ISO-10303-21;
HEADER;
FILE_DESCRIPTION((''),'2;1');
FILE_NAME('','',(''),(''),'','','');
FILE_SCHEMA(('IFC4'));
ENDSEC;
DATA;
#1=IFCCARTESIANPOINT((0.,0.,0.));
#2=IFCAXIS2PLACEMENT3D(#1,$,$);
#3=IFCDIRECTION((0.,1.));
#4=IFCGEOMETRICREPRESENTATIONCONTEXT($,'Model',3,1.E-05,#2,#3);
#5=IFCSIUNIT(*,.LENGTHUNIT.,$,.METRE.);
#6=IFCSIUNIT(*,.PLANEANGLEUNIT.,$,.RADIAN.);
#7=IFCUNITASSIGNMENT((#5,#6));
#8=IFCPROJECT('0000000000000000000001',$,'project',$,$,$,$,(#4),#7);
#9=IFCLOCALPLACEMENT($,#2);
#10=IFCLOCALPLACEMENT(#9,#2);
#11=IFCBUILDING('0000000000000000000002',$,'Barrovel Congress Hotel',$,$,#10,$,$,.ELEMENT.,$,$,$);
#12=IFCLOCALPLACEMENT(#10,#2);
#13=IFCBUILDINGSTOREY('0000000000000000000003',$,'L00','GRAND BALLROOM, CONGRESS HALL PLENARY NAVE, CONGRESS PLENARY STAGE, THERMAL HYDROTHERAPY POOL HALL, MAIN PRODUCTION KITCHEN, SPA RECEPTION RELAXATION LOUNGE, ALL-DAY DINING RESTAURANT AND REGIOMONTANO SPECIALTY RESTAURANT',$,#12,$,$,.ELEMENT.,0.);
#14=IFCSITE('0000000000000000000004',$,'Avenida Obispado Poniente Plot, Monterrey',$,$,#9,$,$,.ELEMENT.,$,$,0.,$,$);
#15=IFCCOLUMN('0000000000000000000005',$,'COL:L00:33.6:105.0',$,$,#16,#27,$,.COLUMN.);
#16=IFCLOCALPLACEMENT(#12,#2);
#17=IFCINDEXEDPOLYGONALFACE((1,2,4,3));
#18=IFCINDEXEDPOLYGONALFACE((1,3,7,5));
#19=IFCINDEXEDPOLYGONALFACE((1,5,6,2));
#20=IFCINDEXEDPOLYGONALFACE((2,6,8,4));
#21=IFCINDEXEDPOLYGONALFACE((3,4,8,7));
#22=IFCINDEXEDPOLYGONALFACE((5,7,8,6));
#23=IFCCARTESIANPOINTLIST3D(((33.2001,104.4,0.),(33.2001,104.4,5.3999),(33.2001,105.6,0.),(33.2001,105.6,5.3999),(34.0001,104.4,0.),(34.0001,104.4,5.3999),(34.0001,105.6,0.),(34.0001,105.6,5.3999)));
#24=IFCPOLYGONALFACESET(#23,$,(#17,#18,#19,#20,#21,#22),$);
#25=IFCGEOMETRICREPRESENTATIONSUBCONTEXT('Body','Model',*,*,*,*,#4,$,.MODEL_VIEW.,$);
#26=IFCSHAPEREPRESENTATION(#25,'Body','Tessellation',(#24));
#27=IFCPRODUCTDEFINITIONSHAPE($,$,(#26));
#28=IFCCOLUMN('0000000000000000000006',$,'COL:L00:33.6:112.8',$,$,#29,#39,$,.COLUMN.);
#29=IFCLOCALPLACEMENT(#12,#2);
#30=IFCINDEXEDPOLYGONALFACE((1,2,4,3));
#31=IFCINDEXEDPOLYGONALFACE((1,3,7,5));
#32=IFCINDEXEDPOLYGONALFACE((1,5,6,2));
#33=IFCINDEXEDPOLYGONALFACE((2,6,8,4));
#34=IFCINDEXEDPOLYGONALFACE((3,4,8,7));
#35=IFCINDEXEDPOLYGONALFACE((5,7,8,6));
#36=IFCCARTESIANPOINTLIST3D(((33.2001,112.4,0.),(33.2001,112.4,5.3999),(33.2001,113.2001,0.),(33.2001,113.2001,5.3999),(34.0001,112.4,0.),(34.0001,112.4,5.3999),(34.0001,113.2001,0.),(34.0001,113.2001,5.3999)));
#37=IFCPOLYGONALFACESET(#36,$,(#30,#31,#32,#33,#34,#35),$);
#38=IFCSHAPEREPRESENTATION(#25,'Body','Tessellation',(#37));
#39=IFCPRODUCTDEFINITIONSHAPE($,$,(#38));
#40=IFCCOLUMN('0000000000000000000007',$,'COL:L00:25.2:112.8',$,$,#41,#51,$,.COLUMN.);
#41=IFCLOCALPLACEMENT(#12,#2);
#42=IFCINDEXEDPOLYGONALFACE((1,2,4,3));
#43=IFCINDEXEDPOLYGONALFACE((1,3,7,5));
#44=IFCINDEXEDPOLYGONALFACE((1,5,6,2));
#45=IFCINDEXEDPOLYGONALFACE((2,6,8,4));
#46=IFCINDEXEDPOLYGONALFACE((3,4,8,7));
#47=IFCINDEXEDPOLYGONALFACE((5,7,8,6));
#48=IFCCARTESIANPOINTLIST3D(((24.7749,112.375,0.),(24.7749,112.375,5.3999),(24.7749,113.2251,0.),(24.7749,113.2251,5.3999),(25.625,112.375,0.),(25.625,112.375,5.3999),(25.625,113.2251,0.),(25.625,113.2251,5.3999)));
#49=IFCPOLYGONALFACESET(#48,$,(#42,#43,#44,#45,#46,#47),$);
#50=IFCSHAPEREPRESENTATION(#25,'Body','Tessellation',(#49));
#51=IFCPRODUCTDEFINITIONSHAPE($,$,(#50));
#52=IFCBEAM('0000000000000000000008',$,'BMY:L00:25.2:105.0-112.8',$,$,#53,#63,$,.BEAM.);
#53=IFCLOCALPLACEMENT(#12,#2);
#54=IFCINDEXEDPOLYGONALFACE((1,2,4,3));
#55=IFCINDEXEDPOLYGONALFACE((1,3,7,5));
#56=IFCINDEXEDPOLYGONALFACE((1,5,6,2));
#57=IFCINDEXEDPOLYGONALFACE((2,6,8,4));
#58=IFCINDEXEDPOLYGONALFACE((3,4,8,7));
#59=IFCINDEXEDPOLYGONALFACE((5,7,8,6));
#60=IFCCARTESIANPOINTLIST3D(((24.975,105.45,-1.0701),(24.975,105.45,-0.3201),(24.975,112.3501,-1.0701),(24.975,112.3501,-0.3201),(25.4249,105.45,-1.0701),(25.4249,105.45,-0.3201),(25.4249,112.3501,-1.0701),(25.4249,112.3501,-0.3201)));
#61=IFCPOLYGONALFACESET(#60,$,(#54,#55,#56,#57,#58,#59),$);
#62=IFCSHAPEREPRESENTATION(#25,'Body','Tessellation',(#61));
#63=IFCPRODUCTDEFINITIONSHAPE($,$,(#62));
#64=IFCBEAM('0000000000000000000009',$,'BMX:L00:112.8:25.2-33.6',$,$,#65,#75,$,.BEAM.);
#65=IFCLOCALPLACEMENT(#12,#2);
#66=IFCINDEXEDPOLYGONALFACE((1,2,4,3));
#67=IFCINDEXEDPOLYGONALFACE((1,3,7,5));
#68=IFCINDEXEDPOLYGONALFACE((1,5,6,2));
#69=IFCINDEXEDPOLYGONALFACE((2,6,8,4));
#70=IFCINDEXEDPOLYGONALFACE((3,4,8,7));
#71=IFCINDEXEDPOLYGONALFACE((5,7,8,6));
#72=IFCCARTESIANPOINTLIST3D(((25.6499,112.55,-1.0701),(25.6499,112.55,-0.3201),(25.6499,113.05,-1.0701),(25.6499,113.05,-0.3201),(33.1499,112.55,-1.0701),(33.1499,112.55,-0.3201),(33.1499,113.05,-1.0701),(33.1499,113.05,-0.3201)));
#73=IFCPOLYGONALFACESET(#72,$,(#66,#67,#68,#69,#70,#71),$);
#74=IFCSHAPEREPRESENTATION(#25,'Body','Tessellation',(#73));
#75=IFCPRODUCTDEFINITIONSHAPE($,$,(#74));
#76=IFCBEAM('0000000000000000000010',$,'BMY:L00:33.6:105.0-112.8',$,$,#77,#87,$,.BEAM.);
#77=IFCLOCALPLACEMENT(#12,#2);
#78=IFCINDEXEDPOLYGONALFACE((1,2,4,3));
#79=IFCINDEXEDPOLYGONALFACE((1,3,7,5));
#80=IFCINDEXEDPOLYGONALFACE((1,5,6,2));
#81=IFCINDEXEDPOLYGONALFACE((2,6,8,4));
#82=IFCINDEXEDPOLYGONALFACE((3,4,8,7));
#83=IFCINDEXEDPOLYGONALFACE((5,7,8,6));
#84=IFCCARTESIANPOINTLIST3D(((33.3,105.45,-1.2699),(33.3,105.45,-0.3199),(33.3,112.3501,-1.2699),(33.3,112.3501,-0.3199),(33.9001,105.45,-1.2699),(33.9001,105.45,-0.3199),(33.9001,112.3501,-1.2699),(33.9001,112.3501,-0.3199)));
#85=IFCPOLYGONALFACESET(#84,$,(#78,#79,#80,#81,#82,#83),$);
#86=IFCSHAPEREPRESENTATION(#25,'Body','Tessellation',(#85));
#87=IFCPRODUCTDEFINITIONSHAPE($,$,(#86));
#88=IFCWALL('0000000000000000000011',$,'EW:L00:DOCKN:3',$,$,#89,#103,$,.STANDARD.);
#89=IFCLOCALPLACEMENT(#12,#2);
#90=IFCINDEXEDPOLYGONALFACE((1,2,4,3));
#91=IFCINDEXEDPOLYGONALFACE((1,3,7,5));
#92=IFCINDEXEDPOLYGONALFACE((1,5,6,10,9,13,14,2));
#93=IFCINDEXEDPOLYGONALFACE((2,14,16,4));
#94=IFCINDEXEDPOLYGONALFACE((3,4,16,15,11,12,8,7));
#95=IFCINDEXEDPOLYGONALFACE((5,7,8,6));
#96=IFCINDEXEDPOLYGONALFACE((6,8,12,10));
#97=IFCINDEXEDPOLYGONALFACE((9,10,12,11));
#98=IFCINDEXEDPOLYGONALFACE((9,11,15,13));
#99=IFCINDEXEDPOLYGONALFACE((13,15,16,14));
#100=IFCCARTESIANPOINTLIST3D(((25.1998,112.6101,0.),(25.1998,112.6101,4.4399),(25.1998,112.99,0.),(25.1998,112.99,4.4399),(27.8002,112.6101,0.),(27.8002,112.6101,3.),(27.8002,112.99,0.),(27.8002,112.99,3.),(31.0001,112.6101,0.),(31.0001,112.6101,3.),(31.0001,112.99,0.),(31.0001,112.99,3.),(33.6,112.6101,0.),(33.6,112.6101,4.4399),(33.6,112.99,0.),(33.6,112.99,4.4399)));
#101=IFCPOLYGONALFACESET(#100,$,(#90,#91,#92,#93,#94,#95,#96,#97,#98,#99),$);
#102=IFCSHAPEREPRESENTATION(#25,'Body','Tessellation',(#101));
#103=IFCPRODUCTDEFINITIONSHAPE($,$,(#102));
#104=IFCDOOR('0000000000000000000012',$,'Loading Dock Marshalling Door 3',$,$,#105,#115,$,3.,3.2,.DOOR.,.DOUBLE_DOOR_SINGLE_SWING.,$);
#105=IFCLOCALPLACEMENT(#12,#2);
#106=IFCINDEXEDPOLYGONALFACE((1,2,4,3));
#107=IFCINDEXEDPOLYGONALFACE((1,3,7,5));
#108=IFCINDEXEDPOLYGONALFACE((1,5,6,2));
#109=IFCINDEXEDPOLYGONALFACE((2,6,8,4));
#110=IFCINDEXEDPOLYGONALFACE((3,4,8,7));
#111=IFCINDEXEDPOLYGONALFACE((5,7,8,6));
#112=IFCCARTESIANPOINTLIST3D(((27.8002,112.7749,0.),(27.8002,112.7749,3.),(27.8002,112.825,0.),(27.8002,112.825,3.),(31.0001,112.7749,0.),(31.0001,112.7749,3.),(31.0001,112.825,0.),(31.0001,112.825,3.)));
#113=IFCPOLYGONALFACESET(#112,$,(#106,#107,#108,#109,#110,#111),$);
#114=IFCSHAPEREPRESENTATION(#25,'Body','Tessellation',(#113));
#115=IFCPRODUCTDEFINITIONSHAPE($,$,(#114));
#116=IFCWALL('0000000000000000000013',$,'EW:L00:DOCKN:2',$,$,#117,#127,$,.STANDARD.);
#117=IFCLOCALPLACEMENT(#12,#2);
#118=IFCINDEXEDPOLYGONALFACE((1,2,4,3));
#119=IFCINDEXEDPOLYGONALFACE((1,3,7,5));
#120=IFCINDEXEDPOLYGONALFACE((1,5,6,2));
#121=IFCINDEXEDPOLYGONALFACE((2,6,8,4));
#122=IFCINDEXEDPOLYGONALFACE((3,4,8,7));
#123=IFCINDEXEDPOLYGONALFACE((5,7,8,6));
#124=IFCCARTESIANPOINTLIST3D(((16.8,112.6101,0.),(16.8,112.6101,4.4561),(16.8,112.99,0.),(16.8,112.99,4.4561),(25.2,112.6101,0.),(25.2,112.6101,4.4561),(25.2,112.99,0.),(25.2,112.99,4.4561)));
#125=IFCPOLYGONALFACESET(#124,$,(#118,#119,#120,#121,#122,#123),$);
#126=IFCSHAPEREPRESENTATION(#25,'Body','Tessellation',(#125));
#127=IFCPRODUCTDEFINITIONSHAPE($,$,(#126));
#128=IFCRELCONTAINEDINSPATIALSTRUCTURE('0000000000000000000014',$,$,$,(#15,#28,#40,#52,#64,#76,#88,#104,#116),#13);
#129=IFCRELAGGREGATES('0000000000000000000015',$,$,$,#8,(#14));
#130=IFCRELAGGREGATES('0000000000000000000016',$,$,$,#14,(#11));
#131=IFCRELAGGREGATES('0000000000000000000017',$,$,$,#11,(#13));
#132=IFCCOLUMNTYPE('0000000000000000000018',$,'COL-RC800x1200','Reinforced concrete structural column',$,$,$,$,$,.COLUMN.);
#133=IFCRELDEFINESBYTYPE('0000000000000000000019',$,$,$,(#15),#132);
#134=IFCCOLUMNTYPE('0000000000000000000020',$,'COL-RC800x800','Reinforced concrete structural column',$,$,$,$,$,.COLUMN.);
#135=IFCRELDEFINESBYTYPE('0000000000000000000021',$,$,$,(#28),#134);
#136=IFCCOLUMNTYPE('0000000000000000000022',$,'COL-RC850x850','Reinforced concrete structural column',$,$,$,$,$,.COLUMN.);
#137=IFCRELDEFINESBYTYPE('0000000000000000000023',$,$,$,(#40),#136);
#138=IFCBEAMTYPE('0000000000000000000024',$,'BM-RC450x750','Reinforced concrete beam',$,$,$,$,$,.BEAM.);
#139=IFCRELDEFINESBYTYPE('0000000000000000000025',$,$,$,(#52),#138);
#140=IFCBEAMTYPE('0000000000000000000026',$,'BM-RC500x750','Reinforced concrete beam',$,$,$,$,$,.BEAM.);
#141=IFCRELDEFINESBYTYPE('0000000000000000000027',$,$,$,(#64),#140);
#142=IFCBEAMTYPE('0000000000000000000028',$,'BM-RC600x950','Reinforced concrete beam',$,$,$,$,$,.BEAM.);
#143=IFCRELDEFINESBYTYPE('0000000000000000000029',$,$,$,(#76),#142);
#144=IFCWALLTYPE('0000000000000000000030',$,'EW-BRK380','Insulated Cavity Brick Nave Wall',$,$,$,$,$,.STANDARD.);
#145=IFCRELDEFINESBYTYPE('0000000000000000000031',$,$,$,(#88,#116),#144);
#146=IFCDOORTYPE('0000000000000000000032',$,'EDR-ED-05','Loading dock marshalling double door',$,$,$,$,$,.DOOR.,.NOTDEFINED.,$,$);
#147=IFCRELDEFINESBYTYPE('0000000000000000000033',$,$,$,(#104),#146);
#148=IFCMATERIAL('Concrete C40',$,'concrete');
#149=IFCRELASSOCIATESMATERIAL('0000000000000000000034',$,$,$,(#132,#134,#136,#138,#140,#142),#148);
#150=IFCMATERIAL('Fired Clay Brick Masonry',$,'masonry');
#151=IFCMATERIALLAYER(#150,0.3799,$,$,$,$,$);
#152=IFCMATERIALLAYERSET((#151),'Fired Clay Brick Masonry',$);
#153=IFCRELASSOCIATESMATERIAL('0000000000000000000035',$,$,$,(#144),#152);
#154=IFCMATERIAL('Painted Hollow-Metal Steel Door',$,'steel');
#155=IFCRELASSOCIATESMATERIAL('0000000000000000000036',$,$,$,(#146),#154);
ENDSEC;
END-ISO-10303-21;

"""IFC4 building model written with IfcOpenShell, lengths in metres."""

from ifc_helpers import new_model, si_unit, direction, frame, frame_2d, origin, origin_2d, place, context, subcontext, project, spatial, rectangle, extrude, material, layer, layer_set, material_profile, profile_set, type_object, element, fill, save


model = new_model("IFC4")

# Units and contexts
model_context = context("Model", 3, precision=1e-05, world=origin(), true_north=direction((0.0, 1.0)))
body_context = subcontext(model_context, "Body", "Model", "MODEL_VIEW")
ifc_project = project(units=[si_unit("LENGTHUNIT", "METRE"), si_unit("PLANEANGLEUNIT", "RADIAN")], contexts=[model_context])

# Site, building, storey
site_placement = place(None, origin())
site = spatial("IfcSite", under=ifc_project, at=site_placement, Name="Avenida Obispado Poniente Plot, Monterrey", CompositionType="ELEMENT", RefElevation=0.0)
building_placement = place(site_placement, origin())
building = spatial("IfcBuilding", under=site, at=building_placement, Name="Barrovel Congress Hotel", CompositionType="ELEMENT")
storey_placement = place(building_placement, origin())
storey = spatial("IfcBuildingStorey", under=building, at=storey_placement, Name="L00", Description="GRAND BALLROOM, CONGRESS HALL PLENARY NAVE, CONGRESS PLENARY STAGE, THERMAL HYDROTHERAPY POOL HALL, MAIN PRODUCTION KITCHEN, SPA RECEPTION RELAXATION LOUNGE, ALL-DAY DINING RESTAURANT AND REGIOMONTANO SPECIALTY RESTAURANT", CompositionType="ELEMENT", Elevation=0.0)

# Shared definitions
ifc_material_1 = material(Name="Concrete C40", Category="concrete")

# Columns
ifc_material_profile_1 = material_profile(ifc_material_1, rectangle(XDim=0.8, YDim=1.2, at=origin_2d()), Name="RC800x1200")
ifc_profile_set_1 = profile_set([ifc_material_profile_1], Name="Concrete C40")
column_type_1 = type_object("IfcColumnType", Name="COL-RC800x1200", Description="Reinforced concrete structural column", PredefinedType="COLUMN", material=ifc_profile_set_1)
column_1_placement = place(storey_placement, frame((33.6001, 105.0, 0.0), z_axis=(0.0, 0.0, 1.0), x_axis=(1.0, 0.0, 0.0)))
element("IfcColumn", 1, at=column_1_placement, inside=storey, type_object=column_type_1, Name="COL:L00:33.6:105.0", PredefinedType="COLUMN", context=body_context, shape_type="SweptSolid", body=[
    extrude(rectangle(XDim=0.8, YDim=1.2, at=origin_2d()), origin(), (0.0, 0.0, 1.0), 5.3999),
])
ifc_material_profile_2 = material_profile(ifc_material_1, rectangle(XDim=0.8, YDim=0.8, at=origin_2d()), Name="RC800x800")
ifc_profile_set_2 = profile_set([ifc_material_profile_2], Name="Concrete C40")
column_type_2 = type_object("IfcColumnType", Name="COL-RC800x800", Description="Reinforced concrete structural column", PredefinedType="COLUMN", material=ifc_profile_set_2)
column_2_placement = place(storey_placement, frame((33.6001, 112.8, 0.0), z_axis=(0.0, 0.0, 1.0), x_axis=(1.0, 0.0, 0.0)))
element("IfcColumn", 2, at=column_2_placement, inside=storey, type_object=column_type_2, Name="COL:L00:33.6:112.8", PredefinedType="COLUMN", context=body_context, shape_type="SweptSolid", body=[
    extrude(rectangle(XDim=0.8, YDim=0.8, at=origin_2d()), origin(), (0.0, 0.0, 1.0), 5.3999),
])
ifc_material_profile_3 = material_profile(ifc_material_1, rectangle(XDim=0.8501, YDim=0.8501, at=origin_2d()), Name="RC850x850")
ifc_profile_set_3 = profile_set([ifc_material_profile_3], Name="Concrete C40")
column_type_3 = type_object("IfcColumnType", Name="COL-RC850x850", Description="Reinforced concrete structural column", PredefinedType="COLUMN", material=ifc_profile_set_3)
column_3_placement = place(storey_placement, frame((25.2, 112.8, 0.0), z_axis=(0.0, 0.0, 1.0), x_axis=(1.0, 0.0, 0.0)))
element("IfcColumn", 3, at=column_3_placement, inside=storey, type_object=column_type_3, Name="COL:L00:25.2:112.8", PredefinedType="COLUMN", context=body_context, shape_type="SweptSolid", body=[
    extrude(rectangle(XDim=0.8501, YDim=0.8501, at=origin_2d()), origin(), (0.0, 0.0, 1.0), 5.3999),
])

# Beams
ifc_material_profile_4 = material_profile(ifc_material_1, rectangle(XDim=0.45, YDim=0.75, at=origin_2d()), Name="RC450x750")
ifc_profile_set_4 = profile_set([ifc_material_profile_4], Name="Concrete C40")
beam_type_1 = type_object("IfcBeamType", Name="BM-RC450x750", Description="Reinforced concrete beam", PredefinedType="BEAM", material=ifc_profile_set_4)
beam_1_placement = place(storey_placement, frame((25.2, 105.45, -0.6951), z_axis=(0.0, 1.0, 0.0), x_axis=(-1.0, 0.0, 0.0)))
element("IfcBeam", 4, at=beam_1_placement, inside=storey, type_object=beam_type_1, Name="BMY:L00:25.2:105.0-112.8", PredefinedType="BEAM", context=body_context, shape_type="SweptSolid", body=[
    extrude(rectangle(XDim=0.45, YDim=0.75, at=origin_2d()), origin(), (0.0, 0.0, 1.0), 6.9001),
])
ifc_material_profile_5 = material_profile(ifc_material_1, rectangle(XDim=0.5, YDim=0.75, at=origin_2d()), Name="RC500x750")
ifc_profile_set_5 = profile_set([ifc_material_profile_5], Name="Concrete C40")
beam_type_2 = type_object("IfcBeamType", Name="BM-RC500x750", Description="Reinforced concrete beam", PredefinedType="BEAM", material=ifc_profile_set_5)
beam_2_placement = place(storey_placement, frame((25.6499, 112.8, -0.6951), z_axis=(1.0, 0.0, 0.0), x_axis=(0.0, 1.0, 0.0)))
element("IfcBeam", 5, at=beam_2_placement, inside=storey, type_object=beam_type_2, Name="BMX:L00:112.8:25.2-33.6", PredefinedType="BEAM", context=body_context, shape_type="SweptSolid", body=[
    extrude(rectangle(XDim=0.5, YDim=0.75, at=origin_2d()), origin(), (0.0, 0.0, 1.0), 7.5),
])
ifc_material_profile_6 = material_profile(ifc_material_1, rectangle(XDim=0.6001, YDim=0.95, at=origin_2d()), Name="RC600x950")
ifc_profile_set_6 = profile_set([ifc_material_profile_6], Name="Concrete C40")
beam_type_3 = type_object("IfcBeamType", Name="BM-RC600x950", Description="Reinforced concrete beam", PredefinedType="BEAM", material=ifc_profile_set_6)
beam_3_placement = place(storey_placement, frame((33.6001, 105.45, -0.7949), z_axis=(0.0, 1.0, 0.0), x_axis=(-1.0, 0.0, 0.0)))
element("IfcBeam", 6, at=beam_3_placement, inside=storey, type_object=beam_type_3, Name="BMY:L00:33.6:105.0-112.8", PredefinedType="BEAM", context=body_context, shape_type="SweptSolid", body=[
    extrude(rectangle(XDim=0.6001, YDim=0.95, at=origin_2d()), origin(), (0.0, 0.0, 1.0), 6.9001),
])

# Wall, opening, door
ifc_material_2 = material(Name="Fired Clay Brick Masonry", Category="masonry")
ifc_layer = layer(ifc_material_2, 0.3799)
ifc_layer_set = layer_set([ifc_layer], Name="Fired Clay Brick Masonry")
wall_type = type_object("IfcWallType", Name="EW-BRK380", Description="Insulated Cavity Brick Nave Wall", PredefinedType="STANDARD", material=ifc_layer_set)
wall_1_placement = place(storey_placement, frame((33.6001, 112.8, 0.0), z_axis=(0.0, 0.0, 1.0), x_axis=(-1.0, 0.0, 0.0)))
wall_1 = element("IfcWall", 7, at=wall_1_placement, inside=storey, type_object=wall_type, Name="EW:L00:DOCKN:3", PredefinedType="STANDARD", context=body_context, shape_type="SweptSolid", body=[
    extrude(rectangle(XDim=8.4001, YDim=0.3799, at=frame_2d((4.2002, 0.0))), origin(), (0.0, 0.0, 1.0), 4.4399),
])
opening_placement = place(wall_1_placement, frame((5.8, 0.0, 0.0), z_axis=(0.0, 0.0, 1.0), x_axis=(-1.0, 0.0, 0.0)))
opening = element("IfcOpeningElement", 8, at=opening_placement, cuts=wall_1, PredefinedType="OPENING", context=body_context, shape_type="SweptSolid", body=[
    extrude(rectangle(XDim=3.2, YDim=3.0, at=frame_2d((1.6001, 1.5))), frame((0.0, 0.2, 0.0), z_axis=(0.0, -1.0, 0.0), x_axis=(1.0, 0.0, 0.0)), (0.0, 0.0, 1.0), 0.3999),
])
ifc_material_3 = material(Name="Painted Hollow-Metal Steel Door", Category="steel")
door_type = type_object("IfcDoorType", Name="EDR-ED-05", Description="Loading dock marshalling double door", OperationType="NOTDEFINED", PredefinedType="DOOR", material=ifc_material_3)
door_placement = place(opening_placement, origin())
door = element("IfcDoor", 9, at=door_placement, inside=storey, type_object=door_type, Name="Loading Dock Marshalling Door 3", OperationType="DOUBLE_DOOR_SINGLE_SWING", OverallHeight=3.0, OverallWidth=3.2, PredefinedType="DOOR", context=body_context, shape_type="SweptSolid", body=[
    extrude(rectangle(XDim=3.2, YDim=3.0, at=frame_2d((1.6001, 1.5))), frame((0.0, 0.0249, 0.0), z_axis=(0.0, -1.0, 0.0), x_axis=(1.0, 0.0, 0.0)), (0.0, 0.0, 1.0), 0.05),
])
fill(opening, door)

# Wall
wall_2_placement = place(storey_placement, frame((25.2, 112.8, 0.0), z_axis=(0.0, 0.0, 1.0), x_axis=(-1.0, 0.0, 0.0)))
element("IfcWall", 10, at=wall_2_placement, inside=storey, type_object=wall_type, Name="EW:L00:DOCKN:2", PredefinedType="STANDARD", context=body_context, shape_type="SweptSolid", body=[
    extrude(rectangle(XDim=8.3999, YDim=0.3799, at=frame_2d((4.2, 0.0))), origin(), (0.0, 0.0, 1.0), 4.4561),
])

save(model, "model.ifc")
